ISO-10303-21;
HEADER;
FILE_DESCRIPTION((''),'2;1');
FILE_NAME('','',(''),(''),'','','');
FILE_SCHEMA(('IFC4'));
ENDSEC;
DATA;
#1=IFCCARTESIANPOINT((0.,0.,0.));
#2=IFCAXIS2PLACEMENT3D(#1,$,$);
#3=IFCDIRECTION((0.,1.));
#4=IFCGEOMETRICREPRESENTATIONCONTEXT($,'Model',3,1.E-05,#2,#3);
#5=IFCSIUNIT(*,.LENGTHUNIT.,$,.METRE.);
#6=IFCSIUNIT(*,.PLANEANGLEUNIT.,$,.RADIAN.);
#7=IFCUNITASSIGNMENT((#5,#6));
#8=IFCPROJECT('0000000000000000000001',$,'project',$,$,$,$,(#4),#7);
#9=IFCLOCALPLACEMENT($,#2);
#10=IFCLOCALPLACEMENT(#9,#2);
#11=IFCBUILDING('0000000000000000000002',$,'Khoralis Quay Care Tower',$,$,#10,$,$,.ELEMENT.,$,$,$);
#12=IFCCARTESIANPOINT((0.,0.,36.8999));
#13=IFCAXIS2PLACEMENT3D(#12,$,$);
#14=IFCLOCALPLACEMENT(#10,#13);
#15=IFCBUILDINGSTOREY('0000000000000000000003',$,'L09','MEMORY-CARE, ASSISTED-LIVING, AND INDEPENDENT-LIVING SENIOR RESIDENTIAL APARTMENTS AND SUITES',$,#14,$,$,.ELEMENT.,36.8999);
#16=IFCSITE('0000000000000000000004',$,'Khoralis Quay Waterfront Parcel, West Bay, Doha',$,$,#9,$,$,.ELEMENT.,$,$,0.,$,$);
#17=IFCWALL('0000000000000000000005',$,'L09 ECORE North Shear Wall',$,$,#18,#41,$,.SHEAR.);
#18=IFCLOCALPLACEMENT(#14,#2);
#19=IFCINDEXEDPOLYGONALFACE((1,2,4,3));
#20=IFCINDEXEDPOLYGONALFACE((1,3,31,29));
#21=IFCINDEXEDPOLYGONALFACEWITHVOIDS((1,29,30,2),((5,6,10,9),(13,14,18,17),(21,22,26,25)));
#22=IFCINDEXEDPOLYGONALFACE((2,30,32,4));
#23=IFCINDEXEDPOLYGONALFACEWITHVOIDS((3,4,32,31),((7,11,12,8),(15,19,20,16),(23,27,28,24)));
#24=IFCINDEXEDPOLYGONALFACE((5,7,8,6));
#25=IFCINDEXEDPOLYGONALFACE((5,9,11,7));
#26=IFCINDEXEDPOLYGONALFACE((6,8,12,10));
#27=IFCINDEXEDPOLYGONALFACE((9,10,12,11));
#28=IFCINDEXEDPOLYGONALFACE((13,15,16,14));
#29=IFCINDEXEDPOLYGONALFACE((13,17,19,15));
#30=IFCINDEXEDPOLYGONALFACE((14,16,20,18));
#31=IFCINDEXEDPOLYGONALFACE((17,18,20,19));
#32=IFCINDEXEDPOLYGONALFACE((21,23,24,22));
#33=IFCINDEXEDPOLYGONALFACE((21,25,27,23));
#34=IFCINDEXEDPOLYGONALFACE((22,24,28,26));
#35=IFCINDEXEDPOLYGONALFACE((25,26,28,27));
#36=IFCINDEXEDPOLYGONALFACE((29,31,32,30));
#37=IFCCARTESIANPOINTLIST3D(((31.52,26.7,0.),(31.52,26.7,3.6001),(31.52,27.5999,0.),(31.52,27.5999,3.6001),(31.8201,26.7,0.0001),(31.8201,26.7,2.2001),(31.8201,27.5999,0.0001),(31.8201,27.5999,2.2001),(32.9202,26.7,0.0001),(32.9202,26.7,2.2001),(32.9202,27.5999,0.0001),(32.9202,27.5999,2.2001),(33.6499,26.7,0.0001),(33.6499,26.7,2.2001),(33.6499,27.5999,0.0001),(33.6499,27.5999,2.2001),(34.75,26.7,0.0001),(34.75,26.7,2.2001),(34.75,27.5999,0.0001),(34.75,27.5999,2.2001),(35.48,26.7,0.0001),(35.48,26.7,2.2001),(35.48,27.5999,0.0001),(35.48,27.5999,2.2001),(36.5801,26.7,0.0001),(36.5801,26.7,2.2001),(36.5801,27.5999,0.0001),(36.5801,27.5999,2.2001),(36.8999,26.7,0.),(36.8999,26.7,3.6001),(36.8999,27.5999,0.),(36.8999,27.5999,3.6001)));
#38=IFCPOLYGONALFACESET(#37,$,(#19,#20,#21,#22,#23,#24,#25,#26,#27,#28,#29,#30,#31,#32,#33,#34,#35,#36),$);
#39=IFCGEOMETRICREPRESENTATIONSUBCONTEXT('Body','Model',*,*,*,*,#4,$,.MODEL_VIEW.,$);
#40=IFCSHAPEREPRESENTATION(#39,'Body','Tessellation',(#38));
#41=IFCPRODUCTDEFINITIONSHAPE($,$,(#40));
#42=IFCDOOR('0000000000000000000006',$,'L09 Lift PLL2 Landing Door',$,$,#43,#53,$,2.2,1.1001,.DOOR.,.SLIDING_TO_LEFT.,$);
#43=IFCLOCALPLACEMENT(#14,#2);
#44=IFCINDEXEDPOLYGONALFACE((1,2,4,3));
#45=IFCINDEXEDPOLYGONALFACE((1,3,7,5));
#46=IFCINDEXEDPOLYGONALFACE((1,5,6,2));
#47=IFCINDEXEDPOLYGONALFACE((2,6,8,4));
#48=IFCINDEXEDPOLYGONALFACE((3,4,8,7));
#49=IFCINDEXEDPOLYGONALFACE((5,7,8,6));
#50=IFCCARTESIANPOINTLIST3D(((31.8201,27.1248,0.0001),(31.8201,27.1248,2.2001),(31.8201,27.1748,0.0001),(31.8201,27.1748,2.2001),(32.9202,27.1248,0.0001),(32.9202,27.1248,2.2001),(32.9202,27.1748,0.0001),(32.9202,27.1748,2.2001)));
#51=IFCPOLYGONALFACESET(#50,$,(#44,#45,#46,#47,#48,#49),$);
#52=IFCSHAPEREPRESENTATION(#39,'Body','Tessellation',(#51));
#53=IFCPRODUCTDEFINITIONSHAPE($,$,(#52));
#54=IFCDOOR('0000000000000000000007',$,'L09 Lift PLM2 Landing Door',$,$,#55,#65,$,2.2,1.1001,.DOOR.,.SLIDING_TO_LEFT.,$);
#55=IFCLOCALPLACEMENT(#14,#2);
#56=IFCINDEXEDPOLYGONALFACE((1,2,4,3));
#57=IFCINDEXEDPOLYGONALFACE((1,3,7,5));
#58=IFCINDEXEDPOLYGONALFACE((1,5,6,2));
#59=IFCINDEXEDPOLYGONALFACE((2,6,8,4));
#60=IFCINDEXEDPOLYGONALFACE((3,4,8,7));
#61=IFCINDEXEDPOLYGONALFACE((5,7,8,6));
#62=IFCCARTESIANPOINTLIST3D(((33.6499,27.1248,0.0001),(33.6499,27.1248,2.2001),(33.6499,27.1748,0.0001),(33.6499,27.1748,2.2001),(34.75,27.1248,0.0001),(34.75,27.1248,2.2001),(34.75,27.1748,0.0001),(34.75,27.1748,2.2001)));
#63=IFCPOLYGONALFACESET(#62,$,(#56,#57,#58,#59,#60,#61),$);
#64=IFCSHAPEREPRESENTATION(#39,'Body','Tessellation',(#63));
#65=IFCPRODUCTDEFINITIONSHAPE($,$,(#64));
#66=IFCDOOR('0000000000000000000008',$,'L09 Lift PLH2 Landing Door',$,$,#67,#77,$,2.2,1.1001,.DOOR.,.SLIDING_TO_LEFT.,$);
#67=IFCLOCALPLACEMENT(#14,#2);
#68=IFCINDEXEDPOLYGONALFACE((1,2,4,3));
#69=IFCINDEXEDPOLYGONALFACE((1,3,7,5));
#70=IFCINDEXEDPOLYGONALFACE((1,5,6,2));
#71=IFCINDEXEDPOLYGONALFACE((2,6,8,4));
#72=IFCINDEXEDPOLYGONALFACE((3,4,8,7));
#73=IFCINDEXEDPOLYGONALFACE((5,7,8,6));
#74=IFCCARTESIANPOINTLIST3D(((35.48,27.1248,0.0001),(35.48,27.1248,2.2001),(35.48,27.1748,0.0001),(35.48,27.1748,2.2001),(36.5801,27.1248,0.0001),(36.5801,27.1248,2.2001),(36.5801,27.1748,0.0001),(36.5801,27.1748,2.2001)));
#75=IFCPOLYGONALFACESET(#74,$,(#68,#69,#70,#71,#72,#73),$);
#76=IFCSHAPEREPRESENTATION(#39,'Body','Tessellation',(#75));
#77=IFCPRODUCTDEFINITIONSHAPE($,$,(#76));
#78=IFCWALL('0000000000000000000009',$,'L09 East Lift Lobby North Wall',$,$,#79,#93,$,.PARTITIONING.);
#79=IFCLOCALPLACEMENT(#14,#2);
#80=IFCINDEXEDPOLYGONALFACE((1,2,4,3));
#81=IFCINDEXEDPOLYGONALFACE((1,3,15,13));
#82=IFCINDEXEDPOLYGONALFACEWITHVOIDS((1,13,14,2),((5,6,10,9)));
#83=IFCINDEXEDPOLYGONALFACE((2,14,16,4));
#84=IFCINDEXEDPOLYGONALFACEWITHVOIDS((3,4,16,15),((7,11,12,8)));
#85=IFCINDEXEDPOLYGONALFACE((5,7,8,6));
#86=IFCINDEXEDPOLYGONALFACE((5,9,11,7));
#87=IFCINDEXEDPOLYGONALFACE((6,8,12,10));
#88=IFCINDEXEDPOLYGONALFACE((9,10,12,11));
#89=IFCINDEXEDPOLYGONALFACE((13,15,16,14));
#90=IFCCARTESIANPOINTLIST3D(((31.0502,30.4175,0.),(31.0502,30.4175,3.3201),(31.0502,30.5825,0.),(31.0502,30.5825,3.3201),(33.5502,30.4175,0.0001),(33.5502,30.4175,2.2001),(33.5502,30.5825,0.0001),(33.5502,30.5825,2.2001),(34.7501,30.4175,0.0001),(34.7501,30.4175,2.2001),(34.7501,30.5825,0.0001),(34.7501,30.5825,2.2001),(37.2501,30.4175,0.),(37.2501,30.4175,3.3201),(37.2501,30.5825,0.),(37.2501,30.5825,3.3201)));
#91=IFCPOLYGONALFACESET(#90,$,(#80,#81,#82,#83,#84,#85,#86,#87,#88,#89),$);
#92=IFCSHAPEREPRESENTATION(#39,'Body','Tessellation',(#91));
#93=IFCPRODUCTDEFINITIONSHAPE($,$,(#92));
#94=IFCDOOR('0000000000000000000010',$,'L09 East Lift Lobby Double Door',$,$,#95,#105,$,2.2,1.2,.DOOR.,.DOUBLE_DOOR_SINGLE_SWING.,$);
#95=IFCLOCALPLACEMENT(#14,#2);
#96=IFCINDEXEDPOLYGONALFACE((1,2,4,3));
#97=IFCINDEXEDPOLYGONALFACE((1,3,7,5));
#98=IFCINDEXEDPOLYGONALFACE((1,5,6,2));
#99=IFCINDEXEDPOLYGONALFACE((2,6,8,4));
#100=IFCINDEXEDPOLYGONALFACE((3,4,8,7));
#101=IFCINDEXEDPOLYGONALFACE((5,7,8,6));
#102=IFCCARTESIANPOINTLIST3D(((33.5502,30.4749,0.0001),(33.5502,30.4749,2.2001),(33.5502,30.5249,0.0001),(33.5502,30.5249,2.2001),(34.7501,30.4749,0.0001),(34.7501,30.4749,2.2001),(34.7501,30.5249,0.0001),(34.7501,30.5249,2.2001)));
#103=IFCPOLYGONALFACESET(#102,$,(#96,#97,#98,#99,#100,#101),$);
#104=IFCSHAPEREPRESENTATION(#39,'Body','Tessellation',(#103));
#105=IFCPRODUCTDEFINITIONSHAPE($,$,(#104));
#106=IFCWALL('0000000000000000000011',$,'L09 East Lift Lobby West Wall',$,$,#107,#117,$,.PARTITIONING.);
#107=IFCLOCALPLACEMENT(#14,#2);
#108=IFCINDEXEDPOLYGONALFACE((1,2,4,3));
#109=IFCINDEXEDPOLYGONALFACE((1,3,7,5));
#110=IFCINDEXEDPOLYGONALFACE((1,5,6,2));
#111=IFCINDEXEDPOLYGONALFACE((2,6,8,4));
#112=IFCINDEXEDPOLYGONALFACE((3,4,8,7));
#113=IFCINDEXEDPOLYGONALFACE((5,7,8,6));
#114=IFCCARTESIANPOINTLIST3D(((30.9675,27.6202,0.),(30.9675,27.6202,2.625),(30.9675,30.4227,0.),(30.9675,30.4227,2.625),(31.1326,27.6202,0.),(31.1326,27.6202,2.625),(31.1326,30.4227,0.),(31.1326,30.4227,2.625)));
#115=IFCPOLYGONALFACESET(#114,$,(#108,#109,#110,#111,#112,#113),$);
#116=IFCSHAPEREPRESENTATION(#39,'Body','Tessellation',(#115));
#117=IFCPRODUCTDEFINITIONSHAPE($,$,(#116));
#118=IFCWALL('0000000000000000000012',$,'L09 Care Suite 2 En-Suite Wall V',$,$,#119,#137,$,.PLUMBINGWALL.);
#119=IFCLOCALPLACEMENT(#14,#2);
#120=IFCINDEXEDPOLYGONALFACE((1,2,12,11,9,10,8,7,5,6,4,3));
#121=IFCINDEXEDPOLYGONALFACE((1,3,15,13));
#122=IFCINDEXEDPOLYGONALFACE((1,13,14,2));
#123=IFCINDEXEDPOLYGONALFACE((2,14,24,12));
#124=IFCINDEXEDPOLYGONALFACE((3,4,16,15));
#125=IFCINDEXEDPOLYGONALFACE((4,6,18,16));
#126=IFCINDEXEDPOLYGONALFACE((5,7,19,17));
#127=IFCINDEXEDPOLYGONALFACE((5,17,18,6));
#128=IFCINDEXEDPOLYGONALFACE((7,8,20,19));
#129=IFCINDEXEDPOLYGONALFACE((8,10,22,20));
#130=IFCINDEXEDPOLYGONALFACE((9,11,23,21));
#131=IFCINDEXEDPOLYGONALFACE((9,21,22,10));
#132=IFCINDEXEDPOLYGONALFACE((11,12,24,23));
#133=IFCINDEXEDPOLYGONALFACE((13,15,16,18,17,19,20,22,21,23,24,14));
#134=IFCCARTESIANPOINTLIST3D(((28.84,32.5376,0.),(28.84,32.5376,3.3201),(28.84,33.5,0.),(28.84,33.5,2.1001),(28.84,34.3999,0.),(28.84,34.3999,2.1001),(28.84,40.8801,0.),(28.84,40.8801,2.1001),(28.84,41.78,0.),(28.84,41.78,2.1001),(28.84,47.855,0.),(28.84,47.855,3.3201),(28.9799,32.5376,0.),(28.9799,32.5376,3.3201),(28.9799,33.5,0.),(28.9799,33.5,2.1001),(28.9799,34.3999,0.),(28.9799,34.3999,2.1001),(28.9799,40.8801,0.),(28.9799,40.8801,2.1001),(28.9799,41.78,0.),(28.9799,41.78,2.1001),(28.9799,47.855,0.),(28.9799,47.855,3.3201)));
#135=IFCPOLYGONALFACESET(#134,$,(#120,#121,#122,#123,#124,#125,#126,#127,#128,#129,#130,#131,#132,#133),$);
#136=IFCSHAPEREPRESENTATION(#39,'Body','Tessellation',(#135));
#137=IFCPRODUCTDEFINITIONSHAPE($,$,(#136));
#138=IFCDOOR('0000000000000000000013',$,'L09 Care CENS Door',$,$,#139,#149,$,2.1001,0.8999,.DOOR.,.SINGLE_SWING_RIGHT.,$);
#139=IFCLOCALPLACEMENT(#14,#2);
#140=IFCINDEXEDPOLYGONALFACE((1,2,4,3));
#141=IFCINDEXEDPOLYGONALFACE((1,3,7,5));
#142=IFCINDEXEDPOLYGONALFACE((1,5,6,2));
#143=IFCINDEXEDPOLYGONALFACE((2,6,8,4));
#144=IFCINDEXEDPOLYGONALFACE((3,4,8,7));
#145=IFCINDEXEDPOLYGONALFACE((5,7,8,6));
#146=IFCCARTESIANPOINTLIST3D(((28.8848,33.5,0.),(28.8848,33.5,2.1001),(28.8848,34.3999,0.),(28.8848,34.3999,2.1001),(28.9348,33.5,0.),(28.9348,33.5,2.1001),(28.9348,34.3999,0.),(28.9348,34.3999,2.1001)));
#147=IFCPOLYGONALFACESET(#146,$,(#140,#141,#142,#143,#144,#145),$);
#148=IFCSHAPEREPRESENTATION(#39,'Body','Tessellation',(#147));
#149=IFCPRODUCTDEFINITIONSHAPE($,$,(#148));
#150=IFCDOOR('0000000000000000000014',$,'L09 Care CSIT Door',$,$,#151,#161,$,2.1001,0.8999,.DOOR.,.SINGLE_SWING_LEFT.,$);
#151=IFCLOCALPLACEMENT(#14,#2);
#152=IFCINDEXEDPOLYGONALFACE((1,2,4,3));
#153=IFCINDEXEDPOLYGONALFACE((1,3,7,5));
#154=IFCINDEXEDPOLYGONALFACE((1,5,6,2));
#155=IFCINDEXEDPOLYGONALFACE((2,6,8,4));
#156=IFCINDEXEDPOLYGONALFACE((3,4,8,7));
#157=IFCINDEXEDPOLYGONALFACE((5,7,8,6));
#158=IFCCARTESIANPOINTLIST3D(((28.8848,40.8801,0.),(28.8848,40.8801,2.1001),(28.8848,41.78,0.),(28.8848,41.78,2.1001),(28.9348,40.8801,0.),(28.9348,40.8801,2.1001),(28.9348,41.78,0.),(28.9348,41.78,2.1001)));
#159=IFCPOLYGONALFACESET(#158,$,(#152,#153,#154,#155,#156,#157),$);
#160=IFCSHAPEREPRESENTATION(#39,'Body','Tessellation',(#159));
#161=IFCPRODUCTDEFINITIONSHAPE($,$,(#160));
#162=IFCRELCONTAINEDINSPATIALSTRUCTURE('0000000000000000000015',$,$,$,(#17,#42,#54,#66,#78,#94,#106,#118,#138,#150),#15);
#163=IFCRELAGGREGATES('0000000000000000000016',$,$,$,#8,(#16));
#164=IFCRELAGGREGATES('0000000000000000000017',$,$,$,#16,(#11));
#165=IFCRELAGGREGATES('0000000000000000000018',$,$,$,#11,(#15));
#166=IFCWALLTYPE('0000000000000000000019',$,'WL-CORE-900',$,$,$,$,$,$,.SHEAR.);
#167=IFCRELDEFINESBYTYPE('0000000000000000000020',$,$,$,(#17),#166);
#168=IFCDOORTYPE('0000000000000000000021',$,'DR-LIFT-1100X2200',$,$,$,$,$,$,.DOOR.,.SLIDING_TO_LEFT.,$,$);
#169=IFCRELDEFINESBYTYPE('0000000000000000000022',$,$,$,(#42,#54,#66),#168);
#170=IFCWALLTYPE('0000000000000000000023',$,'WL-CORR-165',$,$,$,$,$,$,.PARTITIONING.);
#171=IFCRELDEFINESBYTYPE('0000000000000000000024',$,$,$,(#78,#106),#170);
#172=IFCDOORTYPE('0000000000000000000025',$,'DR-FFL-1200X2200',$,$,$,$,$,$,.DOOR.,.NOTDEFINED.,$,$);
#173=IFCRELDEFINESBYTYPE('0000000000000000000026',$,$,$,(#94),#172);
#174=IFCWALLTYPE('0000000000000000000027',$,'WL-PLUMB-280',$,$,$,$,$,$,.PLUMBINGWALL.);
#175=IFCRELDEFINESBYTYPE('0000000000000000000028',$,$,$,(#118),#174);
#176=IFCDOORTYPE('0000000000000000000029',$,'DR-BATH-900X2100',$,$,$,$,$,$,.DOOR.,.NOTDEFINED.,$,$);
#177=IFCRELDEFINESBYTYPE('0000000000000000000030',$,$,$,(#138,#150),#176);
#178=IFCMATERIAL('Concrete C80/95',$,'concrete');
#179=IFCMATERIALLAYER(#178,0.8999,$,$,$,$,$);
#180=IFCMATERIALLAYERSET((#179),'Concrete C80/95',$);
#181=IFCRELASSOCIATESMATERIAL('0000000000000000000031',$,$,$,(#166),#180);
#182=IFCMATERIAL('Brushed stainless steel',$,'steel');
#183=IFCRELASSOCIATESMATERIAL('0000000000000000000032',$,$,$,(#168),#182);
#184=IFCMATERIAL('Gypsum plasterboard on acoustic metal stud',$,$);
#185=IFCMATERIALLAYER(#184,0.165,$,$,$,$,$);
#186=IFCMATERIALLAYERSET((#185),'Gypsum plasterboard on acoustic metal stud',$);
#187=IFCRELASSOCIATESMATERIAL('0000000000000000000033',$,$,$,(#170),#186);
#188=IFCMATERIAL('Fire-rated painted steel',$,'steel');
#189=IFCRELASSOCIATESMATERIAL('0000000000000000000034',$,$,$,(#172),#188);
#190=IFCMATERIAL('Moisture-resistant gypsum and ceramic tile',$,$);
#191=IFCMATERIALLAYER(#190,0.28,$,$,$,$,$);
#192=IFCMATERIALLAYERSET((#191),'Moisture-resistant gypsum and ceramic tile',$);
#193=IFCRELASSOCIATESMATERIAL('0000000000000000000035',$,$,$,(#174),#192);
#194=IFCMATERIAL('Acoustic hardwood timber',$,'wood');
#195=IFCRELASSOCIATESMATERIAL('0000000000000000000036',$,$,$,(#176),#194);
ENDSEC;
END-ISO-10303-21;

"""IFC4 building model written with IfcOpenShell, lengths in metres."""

from ifc_helpers import new_model, si_unit, direction, frame, frame_2d, origin, place, context, subcontext, project, spatial, rectangle, extrude, source, transform, mapped, material, layer, layer_set, type_object, element, fill, save


model = new_model("IFC4")

# Units and contexts
model_context = context("Model", 3, precision=1e-05, world=origin(), true_north=direction((0.0, 1.0)))
body_context = subcontext(model_context, "Body", "Model", "MODEL_VIEW")
ifc_project = project(units=[si_unit("LENGTHUNIT", "METRE"), si_unit("PLANEANGLEUNIT", "RADIAN")], contexts=[model_context])

# Site, building, storey
site_placement = place(None, origin())
site = spatial("IfcSite", under=ifc_project, at=site_placement, Name="Khoralis Quay Waterfront Parcel, West Bay, Doha", CompositionType="ELEMENT", RefElevation=0.0)
building_placement = place(site_placement, origin())
building = spatial("IfcBuilding", under=site, at=building_placement, Name="Khoralis Quay Care Tower", CompositionType="ELEMENT")
storey_placement = place(building_placement, frame((0.0, 0.0, 36.8999)))
storey = spatial("IfcBuildingStorey", under=building, at=storey_placement, Name="L09", Description="MEMORY-CARE, ASSISTED-LIVING, AND INDEPENDENT-LIVING SENIOR RESIDENTIAL APARTMENTS AND SUITES", CompositionType="ELEMENT", Elevation=36.8999)

# Shared definitions
ifc_material_1 = material(Name="Concrete C80/95", Category="concrete")

# Wall, openings, doors
ifc_layer_1 = layer(ifc_material_1, 0.8999)
ifc_layer_set_1 = layer_set([ifc_layer_1], Name="Concrete C80/95")
wall_type_1 = type_object("IfcWallType", Name="WL-CORE-900", PredefinedType="SHEAR", material=ifc_layer_set_1)
wall_1_placement = place(storey_placement, frame((31.52, 27.1499, 0.0), z_axis=(0.0, 0.0, 1.0), x_axis=(1.0, 0.0, 0.0)))
wall_1 = element("IfcWall", 1, at=wall_1_placement, inside=storey, type_object=wall_type_1, Name="L09 ECORE North Shear Wall", PredefinedType="SHEAR", context=body_context, shape_type="SweptSolid", body=[
    extrude(rectangle(XDim=5.3799, YDim=0.8999, at=frame_2d((2.6899, 0.0))), origin(), (0.0, 0.0, 1.0), 3.6001),
])
opening_1_placement = place(wall_1_placement, frame((0.3, 0.0, 0.0)))
opening_1 = element("IfcOpeningElement", 2, at=opening_1_placement, cuts=wall_1, PredefinedType="OPENING", context=body_context, shape_type="SweptSolid", body=[
    extrude(rectangle(XDim=1.1001, YDim=2.2, at=frame_2d((0.55, 1.1001))), frame((0.0, 0.46, 0.0), z_axis=(0.0, -1.0, 0.0), x_axis=(1.0, 0.0, 0.0)), (0.0, 0.0, 1.0), 0.9199),
])
opening_2_placement = place(wall_1_placement, frame((2.1299, 0.0, 0.0)))
opening_2 = element("IfcOpeningElement", 3, at=opening_2_placement, cuts=wall_1, PredefinedType="OPENING", context=body_context, shape_type="SweptSolid", body=[
    extrude(rectangle(XDim=1.1001, YDim=2.2, at=frame_2d((0.55, 1.1001))), frame((0.0, 0.46, 0.0), z_axis=(0.0, -1.0, 0.0), x_axis=(1.0, 0.0, 0.0)), (0.0, 0.0, 1.0), 0.9199),
])
opening_3_placement = place(wall_1_placement, frame((3.96, 0.0, 0.0)))
opening_3 = element("IfcOpeningElement", 4, at=opening_3_placement, cuts=wall_1, PredefinedType="OPENING", context=body_context, shape_type="SweptSolid", body=[
    extrude(rectangle(XDim=1.1001, YDim=2.2, at=frame_2d((0.55, 1.1001))), frame((0.0, 0.46, 0.0), z_axis=(0.0, -1.0, 0.0), x_axis=(1.0, 0.0, 0.0)), (0.0, 0.0, 1.0), 0.9199),
])
ifc_material_2 = material(Name="Brushed stainless steel", Category="steel")
door_type_1 = type_object("IfcDoorType", Name="DR-LIFT-1100X2200", OperationType="SLIDING_TO_LEFT", PredefinedType="DOOR", material=ifc_material_2)
shared_shape_1 = source(origin(), body_context, "Body", "SweptSolid", [
    extrude(rectangle(XDim=1.1001, YDim=2.2, at=frame_2d((0.55, 1.1001))), frame((0.0, 0.0249, 0.0), z_axis=(0.0, -1.0, 0.0), x_axis=(1.0, 0.0, 0.0)), (0.0, 0.0, 1.0), 0.05),
])
door_1_placement = place(opening_1_placement, origin())
door_1 = element("IfcDoor", 5, at=door_1_placement, inside=storey, type_object=door_type_1, Name="L09 Lift PLL2 Landing Door", OperationType="SLIDING_TO_LEFT", OverallHeight=2.2, OverallWidth=1.1001, PredefinedType="DOOR", context=body_context, shape_type="MappedRepresentation", body=[
    mapped(shared_shape_1, transform((0.0, 0.0, 0.0), scale=1.0)),
])
fill(opening_1, door_1)
door_2_placement = place(opening_2_placement, origin())
door_2 = element("IfcDoor", 6, at=door_2_placement, inside=storey, type_object=door_type_1, Name="L09 Lift PLM2 Landing Door", OperationType="SLIDING_TO_LEFT", OverallHeight=2.2, OverallWidth=1.1001, PredefinedType="DOOR", context=body_context, shape_type="MappedRepresentation", body=[
    mapped(shared_shape_1, transform((0.0, 0.0, 0.0), scale=1.0)),
])
fill(opening_2, door_2)
door_3_placement = place(opening_3_placement, origin())
door_3 = element("IfcDoor", 7, at=door_3_placement, inside=storey, type_object=door_type_1, Name="L09 Lift PLH2 Landing Door", OperationType="SLIDING_TO_LEFT", OverallHeight=2.2, OverallWidth=1.1001, PredefinedType="DOOR", context=body_context, shape_type="MappedRepresentation", body=[
    mapped(shared_shape_1, transform((0.0, 0.0, 0.0), scale=1.0)),
])
fill(opening_3, door_3)

# Wall, opening, door
ifc_material_3 = material(Name="Gypsum plasterboard on acoustic metal stud")
ifc_layer_2 = layer(ifc_material_3, 0.165)
ifc_layer_set_2 = layer_set([ifc_layer_2], Name="Gypsum plasterboard on acoustic metal stud")
wall_type_2 = type_object("IfcWallType", Name="WL-CORR-165", PredefinedType="PARTITIONING", material=ifc_layer_set_2)
wall_2_placement = place(storey_placement, frame((31.05, 30.5, 0.0), z_axis=(0.0, 0.0, 1.0), x_axis=(1.0, 0.0, 0.0)))
wall_2 = element("IfcWall", 8, at=wall_2_placement, inside=storey, type_object=wall_type_2, Name="L09 East Lift Lobby North Wall", PredefinedType="PARTITIONING", context=body_context, shape_type="SweptSolid", body=[
    extrude(rectangle(XDim=6.2, YDim=0.165, at=frame_2d((3.1001, 0.0))), origin(), (0.0, 0.0, 1.0), 3.3201),
])
opening_4_placement = place(wall_2_placement, frame((2.5, 0.0, 0.0)))
opening_4 = element("IfcOpeningElement", 9, at=opening_4_placement, cuts=wall_2, PredefinedType="OPENING", context=body_context, shape_type="SweptSolid", body=[
    extrude(rectangle(XDim=1.2, YDim=2.2, at=frame_2d((0.6001, 1.1001))), frame((0.0, 0.0925, 0.0), z_axis=(0.0, -1.0, 0.0), x_axis=(1.0, 0.0, 0.0)), (0.0, 0.0, 1.0), 0.1851),
])
ifc_material_4 = material(Name="Fire-rated painted steel", Category="steel")
door_type_2 = type_object("IfcDoorType", Name="DR-FFL-1200X2200", OperationType="NOTDEFINED", PredefinedType="DOOR", material=ifc_material_4)
shared_shape_2 = source(origin(), body_context, "Body", "SweptSolid", [
    extrude(rectangle(XDim=1.2, YDim=2.2, at=frame_2d((0.6001, 1.1001))), frame((0.0, 0.0249, 0.0), z_axis=(0.0, -1.0, 0.0), x_axis=(1.0, 0.0, 0.0)), (0.0, 0.0, 1.0), 0.05),
])
door_4_placement = place(opening_4_placement, origin())
door_4 = element("IfcDoor", 10, at=door_4_placement, inside=storey, type_object=door_type_2, Name="L09 East Lift Lobby Double Door", OperationType="DOUBLE_DOOR_SINGLE_SWING", OverallHeight=2.2, OverallWidth=1.2, PredefinedType="DOOR", context=body_context, shape_type="MappedRepresentation", body=[
    mapped(shared_shape_2, transform((0.0, 0.0, 0.0), scale=1.0)),
])
fill(opening_4, door_4)

# Wall
wall_3_placement = place(storey_placement, frame((31.05, 27.6201, 0.0), z_axis=(0.0, 0.0, 1.0), x_axis=(0.0, 1.0, 0.0)))
element("IfcWall", 11, at=wall_3_placement, inside=storey, type_object=wall_type_2, Name="L09 East Lift Lobby West Wall", PredefinedType="PARTITIONING", context=body_context, shape_type="SweptSolid", body=[
    extrude(rectangle(XDim=2.8025, YDim=0.165, at=frame_2d((1.4014, 0.0))), origin(), (0.0, 0.0, 1.0), 2.625),
])

# Wall, openings, doors
ifc_material_5 = material(Name="Moisture-resistant gypsum and ceramic tile")
ifc_layer_3 = layer(ifc_material_5, 0.28)
ifc_layer_set_3 = layer_set([ifc_layer_3], Name="Moisture-resistant gypsum and ceramic tile")
wall_type_3 = type_object("IfcWallType", Name="WL-PLUMB-280", PredefinedType="PLUMBINGWALL", material=ifc_layer_set_3)
wall_4_placement = place(storey_placement, frame((28.9099, 32.5376, 0.0), z_axis=(0.0, 0.0, 1.0), x_axis=(0.0, 1.0, 0.0)))
wall_4 = element("IfcWall", 12, at=wall_4_placement, inside=storey, type_object=wall_type_3, Name="L09 Care Suite 2 En-Suite Wall V", PredefinedType="PLUMBINGWALL", context=body_context, shape_type="SweptSolid", body=[
    extrude(rectangle(XDim=15.3174, YDim=0.1399, at=frame_2d((7.6587, 0.0))), origin(), (0.0, 0.0, 1.0), 3.3201),
])
opening_5_placement = place(wall_4_placement, frame((0.9624, 0.0, 0.0)))
opening_5 = element("IfcOpeningElement", 13, at=opening_5_placement, cuts=wall_4, PredefinedType="OPENING", context=body_context, shape_type="SweptSolid", body=[
    extrude(rectangle(XDim=0.8999, YDim=2.1001, at=frame_2d((0.45, 1.05))), frame((0.0, 0.0801, 0.0), z_axis=(0.0, -1.0, 0.0), x_axis=(1.0, 0.0, 0.0)), (0.0, 0.0, 1.0), 0.1599),
])
opening_6_placement = place(wall_4_placement, frame((8.3425, 0.0, 0.0)))
opening_6 = element("IfcOpeningElement", 14, at=opening_6_placement, cuts=wall_4, PredefinedType="OPENING", context=body_context, shape_type="SweptSolid", body=[
    extrude(rectangle(XDim=0.8999, YDim=2.1001, at=frame_2d((0.45, 1.05))), frame((0.0, 0.0801, 0.0), z_axis=(0.0, -1.0, 0.0), x_axis=(1.0, 0.0, 0.0)), (0.0, 0.0, 1.0), 0.1599),
])
ifc_material_6 = material(Name="Acoustic hardwood timber", Category="wood")
door_type_3 = type_object("IfcDoorType", Name="DR-BATH-900X2100", OperationType="NOTDEFINED", PredefinedType="DOOR", material=ifc_material_6)
shared_shape_3 = source(origin(), body_context, "Body", "SweptSolid", [
    extrude(rectangle(XDim=0.8999, YDim=2.1001, at=frame_2d((0.45, 1.05))), frame((0.0, 0.0249, 0.0), z_axis=(0.0, -1.0, 0.0), x_axis=(1.0, 0.0, 0.0)), (0.0, 0.0, 1.0), 0.05),
])
door_5_placement = place(opening_5_placement, frame((0.8999, 0.0, 0.0), z_axis=(0.0, 0.0, 1.0), x_axis=(-1.0, 0.0, 0.0)))
door_5 = element("IfcDoor", 15, at=door_5_placement, inside=storey, type_object=door_type_3, Name="L09 Care CENS Door", OperationType="SINGLE_SWING_RIGHT", OverallHeight=2.1001, OverallWidth=0.8999, PredefinedType="DOOR", context=body_context, shape_type="MappedRepresentation", body=[
    mapped(shared_shape_3, transform((0.0, 0.0, 0.0), scale=1.0)),
])
fill(opening_5, door_5)
door_6_placement = place(opening_6_placement, frame((0.8999, 0.0, 0.0), z_axis=(0.0, 0.0, 1.0), x_axis=(-1.0, 0.0, 0.0)))
door_6 = element("IfcDoor", 16, at=door_6_placement, inside=storey, type_object=door_type_3, Name="L09 Care CSIT Door", OperationType="SINGLE_SWING_LEFT", OverallHeight=2.1001, OverallWidth=0.8999, PredefinedType="DOOR", context=body_context, shape_type="MappedRepresentation", body=[
    mapped(shared_shape_3, transform((0.0, 0.0, 0.0), scale=1.0)),
])
fill(opening_6, door_6)

save(model, "model.ifc")
